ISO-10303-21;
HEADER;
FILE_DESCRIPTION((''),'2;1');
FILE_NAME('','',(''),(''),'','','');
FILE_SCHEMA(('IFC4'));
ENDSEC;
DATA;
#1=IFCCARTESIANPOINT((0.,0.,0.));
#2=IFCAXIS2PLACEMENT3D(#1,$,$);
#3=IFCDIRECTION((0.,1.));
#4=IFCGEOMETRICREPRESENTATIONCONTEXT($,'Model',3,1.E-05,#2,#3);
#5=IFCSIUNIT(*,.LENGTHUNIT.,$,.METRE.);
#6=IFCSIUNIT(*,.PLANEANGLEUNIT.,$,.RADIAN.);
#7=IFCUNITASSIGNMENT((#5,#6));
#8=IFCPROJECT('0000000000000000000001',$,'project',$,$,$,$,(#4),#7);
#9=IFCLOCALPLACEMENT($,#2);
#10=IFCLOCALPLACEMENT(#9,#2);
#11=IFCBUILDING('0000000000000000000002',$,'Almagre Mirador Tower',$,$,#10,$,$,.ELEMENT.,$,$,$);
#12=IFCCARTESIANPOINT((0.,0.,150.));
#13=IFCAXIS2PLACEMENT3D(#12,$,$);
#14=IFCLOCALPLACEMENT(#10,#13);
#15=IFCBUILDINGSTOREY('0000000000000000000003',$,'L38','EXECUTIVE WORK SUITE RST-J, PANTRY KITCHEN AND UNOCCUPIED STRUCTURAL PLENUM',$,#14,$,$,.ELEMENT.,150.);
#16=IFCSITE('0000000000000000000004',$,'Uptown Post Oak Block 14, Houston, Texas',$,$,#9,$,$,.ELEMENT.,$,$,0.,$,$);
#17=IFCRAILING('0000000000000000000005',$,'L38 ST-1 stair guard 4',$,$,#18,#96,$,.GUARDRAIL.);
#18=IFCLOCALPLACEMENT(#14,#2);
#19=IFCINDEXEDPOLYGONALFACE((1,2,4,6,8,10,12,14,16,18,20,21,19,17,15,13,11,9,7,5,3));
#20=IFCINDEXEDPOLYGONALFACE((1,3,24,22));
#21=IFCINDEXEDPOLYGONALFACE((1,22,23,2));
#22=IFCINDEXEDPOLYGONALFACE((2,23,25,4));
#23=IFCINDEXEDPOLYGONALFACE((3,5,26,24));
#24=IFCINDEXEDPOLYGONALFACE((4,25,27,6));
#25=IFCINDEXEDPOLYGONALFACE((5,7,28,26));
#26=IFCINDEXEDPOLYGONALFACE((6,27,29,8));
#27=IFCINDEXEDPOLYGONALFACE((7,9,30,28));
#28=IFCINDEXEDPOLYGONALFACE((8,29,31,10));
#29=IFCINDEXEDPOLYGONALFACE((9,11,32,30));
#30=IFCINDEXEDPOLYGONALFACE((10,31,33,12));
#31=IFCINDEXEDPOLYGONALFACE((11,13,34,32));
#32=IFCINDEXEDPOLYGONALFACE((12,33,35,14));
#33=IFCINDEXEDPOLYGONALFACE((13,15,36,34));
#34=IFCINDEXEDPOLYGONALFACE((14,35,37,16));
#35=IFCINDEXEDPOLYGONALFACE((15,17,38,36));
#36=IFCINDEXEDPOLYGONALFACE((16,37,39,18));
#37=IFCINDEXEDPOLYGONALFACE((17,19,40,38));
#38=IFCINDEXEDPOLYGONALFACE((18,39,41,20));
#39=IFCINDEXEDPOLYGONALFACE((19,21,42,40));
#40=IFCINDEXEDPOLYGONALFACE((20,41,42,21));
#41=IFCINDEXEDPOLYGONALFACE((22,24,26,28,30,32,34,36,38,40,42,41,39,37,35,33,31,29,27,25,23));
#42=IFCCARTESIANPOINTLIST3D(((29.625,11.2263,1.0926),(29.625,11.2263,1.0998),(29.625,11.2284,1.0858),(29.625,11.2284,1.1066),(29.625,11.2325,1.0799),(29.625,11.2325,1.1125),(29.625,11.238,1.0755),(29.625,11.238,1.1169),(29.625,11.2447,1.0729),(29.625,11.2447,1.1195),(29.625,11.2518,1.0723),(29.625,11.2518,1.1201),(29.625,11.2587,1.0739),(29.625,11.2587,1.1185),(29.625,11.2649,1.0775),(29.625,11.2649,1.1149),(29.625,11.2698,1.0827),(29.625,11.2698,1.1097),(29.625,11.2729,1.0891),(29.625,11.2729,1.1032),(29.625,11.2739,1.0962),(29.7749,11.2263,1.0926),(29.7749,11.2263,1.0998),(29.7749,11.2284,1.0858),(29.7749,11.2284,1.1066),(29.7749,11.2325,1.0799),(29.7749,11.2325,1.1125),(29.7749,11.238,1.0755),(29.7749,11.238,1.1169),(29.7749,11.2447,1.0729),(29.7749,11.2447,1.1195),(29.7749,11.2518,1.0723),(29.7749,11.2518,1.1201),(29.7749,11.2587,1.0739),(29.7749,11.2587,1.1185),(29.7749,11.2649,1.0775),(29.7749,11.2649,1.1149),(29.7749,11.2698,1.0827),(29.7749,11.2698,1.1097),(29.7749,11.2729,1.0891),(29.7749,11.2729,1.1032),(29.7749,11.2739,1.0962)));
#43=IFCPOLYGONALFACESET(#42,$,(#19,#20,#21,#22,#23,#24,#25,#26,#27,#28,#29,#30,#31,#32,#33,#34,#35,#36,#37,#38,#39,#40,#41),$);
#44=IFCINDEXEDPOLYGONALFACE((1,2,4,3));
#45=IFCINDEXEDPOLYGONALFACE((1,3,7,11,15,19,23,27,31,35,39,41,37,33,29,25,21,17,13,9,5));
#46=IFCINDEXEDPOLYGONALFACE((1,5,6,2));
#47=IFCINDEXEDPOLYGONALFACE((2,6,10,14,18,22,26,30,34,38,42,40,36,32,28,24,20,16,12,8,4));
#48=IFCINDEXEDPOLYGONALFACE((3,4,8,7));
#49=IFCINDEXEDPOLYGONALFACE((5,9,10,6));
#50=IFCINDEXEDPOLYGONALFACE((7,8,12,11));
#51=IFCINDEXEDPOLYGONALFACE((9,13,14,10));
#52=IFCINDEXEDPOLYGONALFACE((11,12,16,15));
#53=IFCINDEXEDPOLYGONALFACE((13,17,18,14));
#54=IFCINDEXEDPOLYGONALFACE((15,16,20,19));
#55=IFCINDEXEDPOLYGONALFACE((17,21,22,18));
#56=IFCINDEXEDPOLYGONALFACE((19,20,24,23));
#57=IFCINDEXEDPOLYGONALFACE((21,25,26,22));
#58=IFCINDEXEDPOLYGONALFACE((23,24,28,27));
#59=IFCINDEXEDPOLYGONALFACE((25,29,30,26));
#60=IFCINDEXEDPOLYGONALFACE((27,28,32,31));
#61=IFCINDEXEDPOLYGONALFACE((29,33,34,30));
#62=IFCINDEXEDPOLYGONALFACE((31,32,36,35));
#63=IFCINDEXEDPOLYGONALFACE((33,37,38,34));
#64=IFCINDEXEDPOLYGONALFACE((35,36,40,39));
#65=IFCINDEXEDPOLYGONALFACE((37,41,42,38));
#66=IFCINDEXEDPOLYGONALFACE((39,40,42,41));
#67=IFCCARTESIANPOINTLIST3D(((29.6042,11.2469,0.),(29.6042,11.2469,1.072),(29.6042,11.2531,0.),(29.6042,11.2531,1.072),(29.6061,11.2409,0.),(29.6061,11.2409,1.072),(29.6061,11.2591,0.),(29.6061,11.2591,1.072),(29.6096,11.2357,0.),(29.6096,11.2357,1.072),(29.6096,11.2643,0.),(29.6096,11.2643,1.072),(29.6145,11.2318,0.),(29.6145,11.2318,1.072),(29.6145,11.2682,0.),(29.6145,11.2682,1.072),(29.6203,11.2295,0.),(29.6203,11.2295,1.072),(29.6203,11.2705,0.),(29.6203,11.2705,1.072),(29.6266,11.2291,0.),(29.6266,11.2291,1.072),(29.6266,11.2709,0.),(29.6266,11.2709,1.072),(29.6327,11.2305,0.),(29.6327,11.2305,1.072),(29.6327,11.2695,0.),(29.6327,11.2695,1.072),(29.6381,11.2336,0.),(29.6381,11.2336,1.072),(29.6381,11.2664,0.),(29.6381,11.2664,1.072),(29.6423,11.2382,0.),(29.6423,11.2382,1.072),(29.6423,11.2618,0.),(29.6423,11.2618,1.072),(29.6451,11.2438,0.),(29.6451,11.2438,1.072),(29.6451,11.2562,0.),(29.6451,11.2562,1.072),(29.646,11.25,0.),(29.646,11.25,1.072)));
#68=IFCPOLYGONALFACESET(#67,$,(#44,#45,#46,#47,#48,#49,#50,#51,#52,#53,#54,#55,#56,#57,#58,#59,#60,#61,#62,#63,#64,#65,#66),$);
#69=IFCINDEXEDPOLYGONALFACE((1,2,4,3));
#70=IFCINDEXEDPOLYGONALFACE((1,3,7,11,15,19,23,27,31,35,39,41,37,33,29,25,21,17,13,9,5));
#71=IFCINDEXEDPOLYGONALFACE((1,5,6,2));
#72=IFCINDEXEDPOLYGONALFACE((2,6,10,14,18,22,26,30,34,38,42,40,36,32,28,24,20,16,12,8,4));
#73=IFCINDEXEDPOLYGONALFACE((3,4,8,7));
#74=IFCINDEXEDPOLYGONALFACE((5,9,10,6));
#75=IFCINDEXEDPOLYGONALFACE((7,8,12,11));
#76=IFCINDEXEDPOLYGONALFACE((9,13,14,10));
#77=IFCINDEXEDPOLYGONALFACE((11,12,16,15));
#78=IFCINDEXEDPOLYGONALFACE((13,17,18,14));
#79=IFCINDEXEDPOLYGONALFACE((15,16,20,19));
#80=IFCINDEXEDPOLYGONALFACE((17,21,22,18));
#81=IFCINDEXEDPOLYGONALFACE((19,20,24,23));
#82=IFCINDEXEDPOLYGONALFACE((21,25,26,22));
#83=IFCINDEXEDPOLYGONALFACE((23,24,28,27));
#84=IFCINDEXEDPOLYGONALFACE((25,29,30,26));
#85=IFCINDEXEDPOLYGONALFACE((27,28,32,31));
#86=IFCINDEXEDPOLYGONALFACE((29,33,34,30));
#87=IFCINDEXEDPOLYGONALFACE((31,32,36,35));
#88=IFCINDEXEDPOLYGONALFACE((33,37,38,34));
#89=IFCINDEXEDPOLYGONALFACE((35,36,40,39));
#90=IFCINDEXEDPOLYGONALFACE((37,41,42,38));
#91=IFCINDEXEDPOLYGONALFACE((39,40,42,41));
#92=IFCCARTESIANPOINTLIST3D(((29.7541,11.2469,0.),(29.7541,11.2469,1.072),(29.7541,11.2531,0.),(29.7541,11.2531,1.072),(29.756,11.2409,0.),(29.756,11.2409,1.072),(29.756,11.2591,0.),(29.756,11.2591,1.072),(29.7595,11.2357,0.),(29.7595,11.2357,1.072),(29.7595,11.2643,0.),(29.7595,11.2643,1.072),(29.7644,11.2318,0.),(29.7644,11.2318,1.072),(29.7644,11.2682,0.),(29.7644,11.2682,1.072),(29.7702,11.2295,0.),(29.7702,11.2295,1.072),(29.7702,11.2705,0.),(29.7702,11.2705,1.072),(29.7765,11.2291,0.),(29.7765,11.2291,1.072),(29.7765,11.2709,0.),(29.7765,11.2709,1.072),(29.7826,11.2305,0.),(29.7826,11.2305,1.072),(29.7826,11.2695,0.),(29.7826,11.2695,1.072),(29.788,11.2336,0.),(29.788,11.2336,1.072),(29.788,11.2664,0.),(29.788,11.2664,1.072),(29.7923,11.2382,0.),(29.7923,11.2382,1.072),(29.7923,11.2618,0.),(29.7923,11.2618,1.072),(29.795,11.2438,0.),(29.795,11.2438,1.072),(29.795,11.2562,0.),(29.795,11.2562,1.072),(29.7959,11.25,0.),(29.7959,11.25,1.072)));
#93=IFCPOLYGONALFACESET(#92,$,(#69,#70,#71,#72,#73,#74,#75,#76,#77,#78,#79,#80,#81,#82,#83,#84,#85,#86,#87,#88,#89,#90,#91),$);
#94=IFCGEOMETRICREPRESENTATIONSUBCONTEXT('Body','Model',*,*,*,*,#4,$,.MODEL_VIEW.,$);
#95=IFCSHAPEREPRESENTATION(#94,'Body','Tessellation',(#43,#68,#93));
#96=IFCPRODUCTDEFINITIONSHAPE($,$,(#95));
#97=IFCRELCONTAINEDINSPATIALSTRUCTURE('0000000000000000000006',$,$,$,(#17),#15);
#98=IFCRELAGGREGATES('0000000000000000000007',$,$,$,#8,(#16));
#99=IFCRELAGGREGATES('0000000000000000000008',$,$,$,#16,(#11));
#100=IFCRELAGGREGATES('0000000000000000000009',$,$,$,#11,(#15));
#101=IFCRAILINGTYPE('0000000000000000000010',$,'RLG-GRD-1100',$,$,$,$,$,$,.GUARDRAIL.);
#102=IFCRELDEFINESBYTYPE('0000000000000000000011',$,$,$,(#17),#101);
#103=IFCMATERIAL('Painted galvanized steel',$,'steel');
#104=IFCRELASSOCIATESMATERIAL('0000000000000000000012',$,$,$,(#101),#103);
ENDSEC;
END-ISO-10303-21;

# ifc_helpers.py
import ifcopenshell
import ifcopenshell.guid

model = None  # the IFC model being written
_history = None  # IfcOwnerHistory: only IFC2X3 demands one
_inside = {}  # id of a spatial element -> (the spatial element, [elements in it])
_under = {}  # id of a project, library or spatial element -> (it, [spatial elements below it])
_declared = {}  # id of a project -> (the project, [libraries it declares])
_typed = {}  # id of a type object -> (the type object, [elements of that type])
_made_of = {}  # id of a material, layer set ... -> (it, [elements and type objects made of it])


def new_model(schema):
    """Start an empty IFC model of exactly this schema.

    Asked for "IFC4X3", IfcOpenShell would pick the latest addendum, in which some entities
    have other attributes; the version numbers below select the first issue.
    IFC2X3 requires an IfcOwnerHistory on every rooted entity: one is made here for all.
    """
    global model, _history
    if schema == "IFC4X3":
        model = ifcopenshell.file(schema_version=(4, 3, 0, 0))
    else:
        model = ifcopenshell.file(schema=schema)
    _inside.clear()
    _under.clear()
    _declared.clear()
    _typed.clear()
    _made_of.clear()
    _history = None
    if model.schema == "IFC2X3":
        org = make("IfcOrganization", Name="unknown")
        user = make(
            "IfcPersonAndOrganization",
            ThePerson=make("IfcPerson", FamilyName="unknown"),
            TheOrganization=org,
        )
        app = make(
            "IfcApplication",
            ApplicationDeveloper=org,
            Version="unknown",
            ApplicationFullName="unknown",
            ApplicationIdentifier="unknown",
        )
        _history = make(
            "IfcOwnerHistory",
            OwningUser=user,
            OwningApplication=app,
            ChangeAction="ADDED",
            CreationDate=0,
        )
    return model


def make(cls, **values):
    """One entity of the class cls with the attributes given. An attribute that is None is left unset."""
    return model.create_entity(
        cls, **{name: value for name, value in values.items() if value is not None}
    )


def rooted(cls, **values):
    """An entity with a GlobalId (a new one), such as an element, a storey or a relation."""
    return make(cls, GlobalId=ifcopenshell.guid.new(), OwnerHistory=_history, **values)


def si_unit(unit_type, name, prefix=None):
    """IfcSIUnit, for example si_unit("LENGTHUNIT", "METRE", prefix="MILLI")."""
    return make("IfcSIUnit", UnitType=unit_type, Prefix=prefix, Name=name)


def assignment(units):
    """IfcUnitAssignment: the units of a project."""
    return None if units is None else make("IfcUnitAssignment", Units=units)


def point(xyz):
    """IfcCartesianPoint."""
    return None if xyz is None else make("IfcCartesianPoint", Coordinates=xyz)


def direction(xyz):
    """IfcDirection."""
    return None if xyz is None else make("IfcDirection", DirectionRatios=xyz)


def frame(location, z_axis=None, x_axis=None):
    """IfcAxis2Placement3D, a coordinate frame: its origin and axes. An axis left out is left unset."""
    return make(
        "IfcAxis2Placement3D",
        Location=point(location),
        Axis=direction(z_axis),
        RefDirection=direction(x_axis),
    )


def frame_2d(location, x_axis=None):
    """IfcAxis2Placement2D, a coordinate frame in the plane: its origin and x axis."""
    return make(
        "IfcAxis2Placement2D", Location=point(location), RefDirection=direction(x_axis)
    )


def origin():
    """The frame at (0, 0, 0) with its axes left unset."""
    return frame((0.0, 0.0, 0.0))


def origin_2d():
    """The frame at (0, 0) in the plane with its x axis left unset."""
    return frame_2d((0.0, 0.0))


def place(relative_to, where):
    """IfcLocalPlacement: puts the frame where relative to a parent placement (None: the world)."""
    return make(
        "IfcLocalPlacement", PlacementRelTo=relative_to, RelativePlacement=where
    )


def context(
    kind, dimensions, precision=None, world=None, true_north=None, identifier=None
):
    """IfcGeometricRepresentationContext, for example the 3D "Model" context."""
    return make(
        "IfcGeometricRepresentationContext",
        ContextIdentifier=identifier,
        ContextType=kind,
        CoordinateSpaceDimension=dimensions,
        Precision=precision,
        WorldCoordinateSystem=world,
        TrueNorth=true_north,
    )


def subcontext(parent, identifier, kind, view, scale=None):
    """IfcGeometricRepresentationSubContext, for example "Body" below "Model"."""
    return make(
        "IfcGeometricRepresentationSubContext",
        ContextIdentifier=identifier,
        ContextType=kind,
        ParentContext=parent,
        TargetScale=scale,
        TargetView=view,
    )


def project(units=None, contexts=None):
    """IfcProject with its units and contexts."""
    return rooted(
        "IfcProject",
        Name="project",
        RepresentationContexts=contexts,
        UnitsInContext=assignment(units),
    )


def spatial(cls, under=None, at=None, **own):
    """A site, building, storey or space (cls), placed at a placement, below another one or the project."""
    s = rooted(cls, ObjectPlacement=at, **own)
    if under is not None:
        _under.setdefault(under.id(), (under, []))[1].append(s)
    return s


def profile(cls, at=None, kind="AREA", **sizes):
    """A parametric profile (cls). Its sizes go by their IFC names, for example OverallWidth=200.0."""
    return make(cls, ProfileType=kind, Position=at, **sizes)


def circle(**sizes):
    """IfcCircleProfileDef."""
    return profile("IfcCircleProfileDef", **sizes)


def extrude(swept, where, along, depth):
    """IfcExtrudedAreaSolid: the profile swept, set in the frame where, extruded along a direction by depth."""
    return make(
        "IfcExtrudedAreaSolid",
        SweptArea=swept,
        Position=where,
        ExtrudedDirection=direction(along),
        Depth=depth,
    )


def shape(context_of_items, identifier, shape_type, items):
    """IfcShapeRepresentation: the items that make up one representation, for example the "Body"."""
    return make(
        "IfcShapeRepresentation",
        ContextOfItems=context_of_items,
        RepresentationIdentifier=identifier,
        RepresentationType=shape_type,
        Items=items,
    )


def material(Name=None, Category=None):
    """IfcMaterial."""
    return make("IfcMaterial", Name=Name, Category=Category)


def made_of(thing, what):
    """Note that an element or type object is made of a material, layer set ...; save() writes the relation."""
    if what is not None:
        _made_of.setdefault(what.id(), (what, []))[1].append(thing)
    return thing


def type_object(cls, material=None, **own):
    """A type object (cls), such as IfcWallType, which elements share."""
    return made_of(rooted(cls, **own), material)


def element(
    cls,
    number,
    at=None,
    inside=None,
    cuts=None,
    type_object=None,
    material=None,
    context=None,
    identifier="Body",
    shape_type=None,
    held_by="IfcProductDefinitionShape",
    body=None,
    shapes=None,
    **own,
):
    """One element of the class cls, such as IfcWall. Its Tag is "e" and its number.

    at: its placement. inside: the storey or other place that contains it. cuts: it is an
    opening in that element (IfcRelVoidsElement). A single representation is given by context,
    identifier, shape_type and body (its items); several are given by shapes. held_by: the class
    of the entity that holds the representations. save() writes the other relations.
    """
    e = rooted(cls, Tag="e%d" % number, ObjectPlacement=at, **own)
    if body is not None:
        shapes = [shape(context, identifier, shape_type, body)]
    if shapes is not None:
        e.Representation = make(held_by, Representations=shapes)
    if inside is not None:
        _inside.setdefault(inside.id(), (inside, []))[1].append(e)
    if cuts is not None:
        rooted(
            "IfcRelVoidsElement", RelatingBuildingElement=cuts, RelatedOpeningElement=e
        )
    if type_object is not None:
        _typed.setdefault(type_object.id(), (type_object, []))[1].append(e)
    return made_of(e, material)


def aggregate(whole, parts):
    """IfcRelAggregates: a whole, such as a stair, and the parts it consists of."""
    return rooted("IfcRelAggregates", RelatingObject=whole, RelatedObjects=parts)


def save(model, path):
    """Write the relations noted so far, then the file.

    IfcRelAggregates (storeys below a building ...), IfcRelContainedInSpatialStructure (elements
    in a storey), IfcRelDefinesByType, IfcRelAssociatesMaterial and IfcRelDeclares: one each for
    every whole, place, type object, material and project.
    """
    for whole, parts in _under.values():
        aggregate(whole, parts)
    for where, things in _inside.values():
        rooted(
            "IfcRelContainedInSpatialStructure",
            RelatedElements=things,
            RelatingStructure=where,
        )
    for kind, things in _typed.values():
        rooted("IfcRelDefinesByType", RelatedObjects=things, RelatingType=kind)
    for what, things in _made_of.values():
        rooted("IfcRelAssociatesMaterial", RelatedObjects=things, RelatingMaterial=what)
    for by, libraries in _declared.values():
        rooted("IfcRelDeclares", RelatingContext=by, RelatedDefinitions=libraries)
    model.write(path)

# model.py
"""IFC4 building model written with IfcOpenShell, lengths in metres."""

from ifc_helpers import new_model, si_unit, direction, frame, origin, origin_2d, place, context, subcontext, project, spatial, circle, extrude, material, type_object, element, save


model = new_model("IFC4")

# Units and contexts
model_context = context("Model", 3, precision=1e-05, world=origin(), true_north=direction((0.0, 1.0)))
body_context = subcontext(model_context, "Body", "Model", "MODEL_VIEW")
ifc_project = project(units=[si_unit("LENGTHUNIT", "METRE"), si_unit("PLANEANGLEUNIT", "RADIAN")], contexts=[model_context])

# Site, building, storey
site_placement = place(None, origin())
site = spatial("IfcSite", under=ifc_project, at=site_placement, Name="Uptown Post Oak Block 14, Houston, Texas", CompositionType="ELEMENT", RefElevation=0.0)
building_placement = place(site_placement, origin())
building = spatial("IfcBuilding", under=site, at=building_placement, Name="Almagre Mirador Tower", CompositionType="ELEMENT")
storey_placement = place(building_placement, frame((0.0, 0.0, 150.0)))
storey = spatial("IfcBuildingStorey", under=building, at=storey_placement, Name="L38", Description="EXECUTIVE WORK SUITE RST-J, PANTRY KITCHEN AND UNOCCUPIED STRUCTURAL PLENUM", CompositionType="ELEMENT", Elevation=150.0)

# Railing
ifc_material_1 = material(Name="Painted galvanized steel", Category="steel")
railing_type_1 = type_object("IfcRailingType", Name="RLG-GRD-1100", PredefinedType="GUARDRAIL", material=ifc_material_1)
railing_1_placement = place(storey_placement, frame((29.625, 11.25, 0.0)))
element("IfcRailing", 1, at=railing_1_placement, inside=storey, type_object=railing_type_1, Name="L38 ST-1 stair guard 4", PredefinedType="GUARDRAIL", context=body_context, shape_type="SweptSolid", body=[
    extrude(circle(Radius=0.0239, at=origin_2d()), frame((0.0, 0.0, 1.0962), z_axis=(1.0, 0.0, 0.0), x_axis=(0.0, 1.0, 0.0)), (0.0, 0.0, 1.0), 0.1499),
    extrude(circle(Radius=0.021, at=origin_2d()), origin(), (0.0, 0.0, 1.0), 1.072),
    extrude(circle(Radius=0.021, at=origin_2d()), frame((0.1499, 0.0, 0.0)), (0.0, 0.0, 1.0), 1.072),
])

save(model, "model.ifc")
